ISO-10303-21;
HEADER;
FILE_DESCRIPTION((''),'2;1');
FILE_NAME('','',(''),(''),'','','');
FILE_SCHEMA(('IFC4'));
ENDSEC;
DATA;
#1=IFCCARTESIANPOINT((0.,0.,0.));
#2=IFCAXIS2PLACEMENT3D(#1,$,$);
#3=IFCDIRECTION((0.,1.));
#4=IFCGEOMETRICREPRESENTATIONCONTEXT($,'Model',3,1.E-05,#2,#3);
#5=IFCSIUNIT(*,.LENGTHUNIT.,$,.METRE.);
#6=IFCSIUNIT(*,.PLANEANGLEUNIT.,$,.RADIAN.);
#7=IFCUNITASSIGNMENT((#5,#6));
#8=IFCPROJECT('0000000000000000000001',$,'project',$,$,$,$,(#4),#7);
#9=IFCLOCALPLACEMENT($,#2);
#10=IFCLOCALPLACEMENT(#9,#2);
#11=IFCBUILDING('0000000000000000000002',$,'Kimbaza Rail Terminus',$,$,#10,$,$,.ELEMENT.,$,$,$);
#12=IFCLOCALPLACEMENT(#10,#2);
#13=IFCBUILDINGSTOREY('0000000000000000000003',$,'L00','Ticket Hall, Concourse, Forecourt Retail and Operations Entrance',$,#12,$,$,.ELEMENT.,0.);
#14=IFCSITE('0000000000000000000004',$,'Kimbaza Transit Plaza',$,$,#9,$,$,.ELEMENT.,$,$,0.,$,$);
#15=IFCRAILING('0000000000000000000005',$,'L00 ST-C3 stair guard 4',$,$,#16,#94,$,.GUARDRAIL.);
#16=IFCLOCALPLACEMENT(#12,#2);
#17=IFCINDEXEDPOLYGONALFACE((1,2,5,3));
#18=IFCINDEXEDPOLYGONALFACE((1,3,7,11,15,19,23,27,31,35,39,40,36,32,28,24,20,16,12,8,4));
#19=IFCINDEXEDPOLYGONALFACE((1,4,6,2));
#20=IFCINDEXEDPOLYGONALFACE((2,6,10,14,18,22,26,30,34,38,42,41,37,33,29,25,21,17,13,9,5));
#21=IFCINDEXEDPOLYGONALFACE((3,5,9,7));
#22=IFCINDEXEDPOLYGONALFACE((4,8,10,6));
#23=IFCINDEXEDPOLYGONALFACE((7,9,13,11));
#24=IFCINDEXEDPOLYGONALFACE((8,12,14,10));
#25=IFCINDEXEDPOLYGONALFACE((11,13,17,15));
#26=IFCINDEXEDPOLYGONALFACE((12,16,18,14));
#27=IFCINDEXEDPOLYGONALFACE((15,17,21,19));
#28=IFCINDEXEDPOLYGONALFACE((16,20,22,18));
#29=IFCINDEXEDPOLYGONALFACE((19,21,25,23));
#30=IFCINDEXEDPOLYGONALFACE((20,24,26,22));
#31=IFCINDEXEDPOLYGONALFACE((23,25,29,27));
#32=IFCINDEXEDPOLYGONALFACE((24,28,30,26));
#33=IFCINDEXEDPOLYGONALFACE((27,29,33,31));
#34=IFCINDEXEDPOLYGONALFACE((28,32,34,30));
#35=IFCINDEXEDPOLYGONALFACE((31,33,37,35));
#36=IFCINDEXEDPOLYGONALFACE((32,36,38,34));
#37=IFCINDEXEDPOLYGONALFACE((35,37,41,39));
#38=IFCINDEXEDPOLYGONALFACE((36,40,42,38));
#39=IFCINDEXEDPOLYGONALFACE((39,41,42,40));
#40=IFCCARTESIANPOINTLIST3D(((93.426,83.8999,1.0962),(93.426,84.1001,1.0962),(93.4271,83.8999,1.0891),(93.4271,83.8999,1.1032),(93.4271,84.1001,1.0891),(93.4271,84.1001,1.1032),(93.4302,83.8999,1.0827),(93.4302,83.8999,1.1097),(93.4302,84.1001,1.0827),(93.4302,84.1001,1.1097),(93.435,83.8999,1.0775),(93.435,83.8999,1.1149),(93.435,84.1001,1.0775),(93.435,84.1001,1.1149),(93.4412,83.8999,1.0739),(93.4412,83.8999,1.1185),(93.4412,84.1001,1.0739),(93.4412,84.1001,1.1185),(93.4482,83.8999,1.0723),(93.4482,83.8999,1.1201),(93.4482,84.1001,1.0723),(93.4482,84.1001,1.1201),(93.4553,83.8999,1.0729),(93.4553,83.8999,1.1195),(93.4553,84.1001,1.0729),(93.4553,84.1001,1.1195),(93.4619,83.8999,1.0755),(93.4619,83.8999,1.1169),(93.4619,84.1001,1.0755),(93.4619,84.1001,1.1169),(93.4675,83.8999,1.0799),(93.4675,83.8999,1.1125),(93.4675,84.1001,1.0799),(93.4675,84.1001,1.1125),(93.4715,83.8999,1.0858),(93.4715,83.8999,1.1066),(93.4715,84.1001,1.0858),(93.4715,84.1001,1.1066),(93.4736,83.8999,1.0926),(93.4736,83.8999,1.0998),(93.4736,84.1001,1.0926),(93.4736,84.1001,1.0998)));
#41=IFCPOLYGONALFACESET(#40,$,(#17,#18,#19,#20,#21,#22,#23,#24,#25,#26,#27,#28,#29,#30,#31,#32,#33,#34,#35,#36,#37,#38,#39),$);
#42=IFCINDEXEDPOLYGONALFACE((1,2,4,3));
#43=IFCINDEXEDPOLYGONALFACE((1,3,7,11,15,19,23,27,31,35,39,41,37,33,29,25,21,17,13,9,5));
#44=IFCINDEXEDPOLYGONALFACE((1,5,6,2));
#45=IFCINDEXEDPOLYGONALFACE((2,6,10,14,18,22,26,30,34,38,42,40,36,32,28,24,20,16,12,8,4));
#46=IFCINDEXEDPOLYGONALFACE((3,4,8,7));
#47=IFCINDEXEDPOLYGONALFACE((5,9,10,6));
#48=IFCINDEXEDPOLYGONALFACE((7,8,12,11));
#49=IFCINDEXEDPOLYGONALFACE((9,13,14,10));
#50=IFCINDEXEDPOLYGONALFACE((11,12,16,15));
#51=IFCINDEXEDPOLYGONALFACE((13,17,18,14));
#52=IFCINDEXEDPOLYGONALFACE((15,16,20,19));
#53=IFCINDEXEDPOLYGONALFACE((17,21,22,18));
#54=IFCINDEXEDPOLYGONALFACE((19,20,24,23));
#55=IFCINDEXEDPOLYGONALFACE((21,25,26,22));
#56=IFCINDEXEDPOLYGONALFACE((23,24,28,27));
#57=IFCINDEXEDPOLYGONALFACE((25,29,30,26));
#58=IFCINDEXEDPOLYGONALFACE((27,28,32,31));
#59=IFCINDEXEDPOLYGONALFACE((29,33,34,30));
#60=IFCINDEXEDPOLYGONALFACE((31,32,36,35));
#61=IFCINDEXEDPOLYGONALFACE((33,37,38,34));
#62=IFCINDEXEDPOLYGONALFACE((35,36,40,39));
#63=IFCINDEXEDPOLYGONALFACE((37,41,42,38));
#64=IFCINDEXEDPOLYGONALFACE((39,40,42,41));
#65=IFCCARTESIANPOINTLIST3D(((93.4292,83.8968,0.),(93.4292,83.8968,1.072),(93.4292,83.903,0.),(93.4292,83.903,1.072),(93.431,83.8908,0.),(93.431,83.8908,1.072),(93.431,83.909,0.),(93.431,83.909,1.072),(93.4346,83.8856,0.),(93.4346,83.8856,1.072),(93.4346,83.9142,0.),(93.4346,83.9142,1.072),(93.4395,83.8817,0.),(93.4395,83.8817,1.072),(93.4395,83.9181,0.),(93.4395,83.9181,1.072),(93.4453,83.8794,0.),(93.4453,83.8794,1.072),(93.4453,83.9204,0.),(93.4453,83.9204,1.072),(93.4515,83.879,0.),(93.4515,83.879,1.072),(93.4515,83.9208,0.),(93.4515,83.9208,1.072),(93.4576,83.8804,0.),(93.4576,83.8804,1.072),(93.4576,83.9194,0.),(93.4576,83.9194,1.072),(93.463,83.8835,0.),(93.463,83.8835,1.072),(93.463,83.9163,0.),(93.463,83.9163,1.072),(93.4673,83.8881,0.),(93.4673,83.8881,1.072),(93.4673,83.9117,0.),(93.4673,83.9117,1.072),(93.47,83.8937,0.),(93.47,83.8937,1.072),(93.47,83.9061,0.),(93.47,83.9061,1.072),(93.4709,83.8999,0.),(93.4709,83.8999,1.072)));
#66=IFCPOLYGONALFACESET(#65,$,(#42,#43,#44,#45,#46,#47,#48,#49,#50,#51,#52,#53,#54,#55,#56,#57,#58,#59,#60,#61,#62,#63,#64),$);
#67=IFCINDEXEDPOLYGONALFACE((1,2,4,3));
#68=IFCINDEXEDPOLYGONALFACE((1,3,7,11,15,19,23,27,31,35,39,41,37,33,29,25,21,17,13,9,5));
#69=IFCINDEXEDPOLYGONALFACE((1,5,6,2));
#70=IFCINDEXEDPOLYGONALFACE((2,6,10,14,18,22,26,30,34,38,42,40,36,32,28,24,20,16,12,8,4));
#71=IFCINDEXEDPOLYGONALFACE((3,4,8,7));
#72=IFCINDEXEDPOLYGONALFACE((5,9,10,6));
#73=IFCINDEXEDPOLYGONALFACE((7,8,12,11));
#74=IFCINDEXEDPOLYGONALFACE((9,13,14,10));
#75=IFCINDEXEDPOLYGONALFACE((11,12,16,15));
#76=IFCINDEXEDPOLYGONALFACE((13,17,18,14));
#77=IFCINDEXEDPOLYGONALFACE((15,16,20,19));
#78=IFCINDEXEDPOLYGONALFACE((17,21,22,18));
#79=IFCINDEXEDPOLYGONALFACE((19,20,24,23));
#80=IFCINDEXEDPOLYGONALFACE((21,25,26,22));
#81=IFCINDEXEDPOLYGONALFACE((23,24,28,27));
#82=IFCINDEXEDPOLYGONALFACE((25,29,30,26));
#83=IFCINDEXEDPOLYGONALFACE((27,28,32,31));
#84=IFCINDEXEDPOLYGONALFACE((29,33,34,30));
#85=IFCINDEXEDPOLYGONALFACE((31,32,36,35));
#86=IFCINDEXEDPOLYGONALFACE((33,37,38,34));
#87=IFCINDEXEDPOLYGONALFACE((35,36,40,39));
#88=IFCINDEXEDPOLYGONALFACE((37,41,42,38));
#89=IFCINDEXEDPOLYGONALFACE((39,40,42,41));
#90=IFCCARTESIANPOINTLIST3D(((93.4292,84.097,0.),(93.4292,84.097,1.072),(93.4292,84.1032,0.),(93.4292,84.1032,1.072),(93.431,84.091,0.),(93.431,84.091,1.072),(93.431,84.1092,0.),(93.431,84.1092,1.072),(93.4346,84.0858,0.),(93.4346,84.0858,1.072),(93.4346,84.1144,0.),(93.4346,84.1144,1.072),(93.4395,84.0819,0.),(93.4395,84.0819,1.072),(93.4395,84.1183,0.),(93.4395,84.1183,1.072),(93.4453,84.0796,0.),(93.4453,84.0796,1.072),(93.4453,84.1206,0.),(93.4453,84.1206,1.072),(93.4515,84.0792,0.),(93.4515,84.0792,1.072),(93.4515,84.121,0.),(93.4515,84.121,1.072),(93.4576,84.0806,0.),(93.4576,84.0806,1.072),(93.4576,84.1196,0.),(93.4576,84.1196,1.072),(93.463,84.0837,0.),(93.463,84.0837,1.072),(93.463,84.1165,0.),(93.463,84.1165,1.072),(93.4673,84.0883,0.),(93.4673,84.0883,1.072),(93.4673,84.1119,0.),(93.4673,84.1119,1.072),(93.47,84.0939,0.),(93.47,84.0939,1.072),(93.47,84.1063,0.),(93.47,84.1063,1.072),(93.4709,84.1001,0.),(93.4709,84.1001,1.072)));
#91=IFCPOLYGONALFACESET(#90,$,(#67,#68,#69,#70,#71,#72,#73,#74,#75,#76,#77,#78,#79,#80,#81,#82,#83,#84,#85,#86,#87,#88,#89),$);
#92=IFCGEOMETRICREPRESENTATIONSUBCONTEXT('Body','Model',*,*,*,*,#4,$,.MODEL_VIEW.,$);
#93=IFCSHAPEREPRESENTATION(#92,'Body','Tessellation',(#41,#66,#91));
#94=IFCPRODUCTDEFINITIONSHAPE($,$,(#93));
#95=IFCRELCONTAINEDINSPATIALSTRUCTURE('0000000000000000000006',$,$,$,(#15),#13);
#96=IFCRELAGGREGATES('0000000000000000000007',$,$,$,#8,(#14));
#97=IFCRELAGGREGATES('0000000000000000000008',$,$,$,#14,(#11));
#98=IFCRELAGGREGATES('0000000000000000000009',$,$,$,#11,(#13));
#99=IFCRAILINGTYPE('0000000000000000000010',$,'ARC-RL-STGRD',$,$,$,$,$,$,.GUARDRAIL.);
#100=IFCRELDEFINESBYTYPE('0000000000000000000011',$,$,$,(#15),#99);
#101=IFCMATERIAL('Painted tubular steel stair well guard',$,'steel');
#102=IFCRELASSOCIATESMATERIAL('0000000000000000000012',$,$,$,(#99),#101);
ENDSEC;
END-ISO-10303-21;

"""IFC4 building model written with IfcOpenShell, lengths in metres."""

from ifc_helpers import new_model, si_unit, direction, frame, origin, origin_2d, place, context, subcontext, project, spatial, circle, extrude, material, type_object, element, save


model = new_model("IFC4")

# Units and contexts
model_context = context("Model", 3, precision=1e-05, world=origin(), true_north=direction((0.0, 1.0)))
body_context = subcontext(model_context, "Body", "Model", "MODEL_VIEW")
ifc_project = project(units=[si_unit("LENGTHUNIT", "METRE"), si_unit("PLANEANGLEUNIT", "RADIAN")], contexts=[model_context])

# Site, building, storey
site_placement = place(None, origin())
site = spatial("IfcSite", under=ifc_project, at=site_placement, Name="Kimbaza Transit Plaza", CompositionType="ELEMENT", RefElevation=0.0)
building_placement = place(site_placement, origin())
building = spatial("IfcBuilding", under=site, at=building_placement, Name="Kimbaza Rail Terminus", CompositionType="ELEMENT")
storey_placement = place(building_placement, origin())
storey = spatial("IfcBuildingStorey", under=building, at=storey_placement, Name="L00", Description="Ticket Hall, Concourse, Forecourt Retail and Operations Entrance", CompositionType="ELEMENT", Elevation=0.0)

# Railing
ifc_material_1 = material(Name="Painted tubular steel stair well guard", Category="steel")
railing_type_1 = type_object("IfcRailingType", Name="ARC-RL-STGRD", PredefinedType="GUARDRAIL", material=ifc_material_1)
railing_1_placement = place(storey_placement, frame((93.45, 83.8999, 0.0)))
element("IfcRailing", 1, at=railing_1_placement, inside=storey, type_object=railing_type_1, Name="L00 ST-C3 stair guard 4", PredefinedType="GUARDRAIL", context=body_context, shape_type="SweptSolid", body=[
    extrude(circle(Radius=0.0239, at=origin_2d()), frame((0.0, 0.0, 1.0962), z_axis=(0.0, 1.0, 0.0), x_axis=(-1.0, 0.0, 0.0)), (0.0, 0.0, 1.0), 0.2002),
    extrude(circle(Radius=0.021, at=origin_2d()), origin(), (0.0, 0.0, 1.0), 1.072),
    extrude(circle(Radius=0.021, at=origin_2d()), frame((0.0, 0.2002, 0.0)), (0.0, 0.0, 1.0), 1.072),
])

save(model, "model.ifc")
